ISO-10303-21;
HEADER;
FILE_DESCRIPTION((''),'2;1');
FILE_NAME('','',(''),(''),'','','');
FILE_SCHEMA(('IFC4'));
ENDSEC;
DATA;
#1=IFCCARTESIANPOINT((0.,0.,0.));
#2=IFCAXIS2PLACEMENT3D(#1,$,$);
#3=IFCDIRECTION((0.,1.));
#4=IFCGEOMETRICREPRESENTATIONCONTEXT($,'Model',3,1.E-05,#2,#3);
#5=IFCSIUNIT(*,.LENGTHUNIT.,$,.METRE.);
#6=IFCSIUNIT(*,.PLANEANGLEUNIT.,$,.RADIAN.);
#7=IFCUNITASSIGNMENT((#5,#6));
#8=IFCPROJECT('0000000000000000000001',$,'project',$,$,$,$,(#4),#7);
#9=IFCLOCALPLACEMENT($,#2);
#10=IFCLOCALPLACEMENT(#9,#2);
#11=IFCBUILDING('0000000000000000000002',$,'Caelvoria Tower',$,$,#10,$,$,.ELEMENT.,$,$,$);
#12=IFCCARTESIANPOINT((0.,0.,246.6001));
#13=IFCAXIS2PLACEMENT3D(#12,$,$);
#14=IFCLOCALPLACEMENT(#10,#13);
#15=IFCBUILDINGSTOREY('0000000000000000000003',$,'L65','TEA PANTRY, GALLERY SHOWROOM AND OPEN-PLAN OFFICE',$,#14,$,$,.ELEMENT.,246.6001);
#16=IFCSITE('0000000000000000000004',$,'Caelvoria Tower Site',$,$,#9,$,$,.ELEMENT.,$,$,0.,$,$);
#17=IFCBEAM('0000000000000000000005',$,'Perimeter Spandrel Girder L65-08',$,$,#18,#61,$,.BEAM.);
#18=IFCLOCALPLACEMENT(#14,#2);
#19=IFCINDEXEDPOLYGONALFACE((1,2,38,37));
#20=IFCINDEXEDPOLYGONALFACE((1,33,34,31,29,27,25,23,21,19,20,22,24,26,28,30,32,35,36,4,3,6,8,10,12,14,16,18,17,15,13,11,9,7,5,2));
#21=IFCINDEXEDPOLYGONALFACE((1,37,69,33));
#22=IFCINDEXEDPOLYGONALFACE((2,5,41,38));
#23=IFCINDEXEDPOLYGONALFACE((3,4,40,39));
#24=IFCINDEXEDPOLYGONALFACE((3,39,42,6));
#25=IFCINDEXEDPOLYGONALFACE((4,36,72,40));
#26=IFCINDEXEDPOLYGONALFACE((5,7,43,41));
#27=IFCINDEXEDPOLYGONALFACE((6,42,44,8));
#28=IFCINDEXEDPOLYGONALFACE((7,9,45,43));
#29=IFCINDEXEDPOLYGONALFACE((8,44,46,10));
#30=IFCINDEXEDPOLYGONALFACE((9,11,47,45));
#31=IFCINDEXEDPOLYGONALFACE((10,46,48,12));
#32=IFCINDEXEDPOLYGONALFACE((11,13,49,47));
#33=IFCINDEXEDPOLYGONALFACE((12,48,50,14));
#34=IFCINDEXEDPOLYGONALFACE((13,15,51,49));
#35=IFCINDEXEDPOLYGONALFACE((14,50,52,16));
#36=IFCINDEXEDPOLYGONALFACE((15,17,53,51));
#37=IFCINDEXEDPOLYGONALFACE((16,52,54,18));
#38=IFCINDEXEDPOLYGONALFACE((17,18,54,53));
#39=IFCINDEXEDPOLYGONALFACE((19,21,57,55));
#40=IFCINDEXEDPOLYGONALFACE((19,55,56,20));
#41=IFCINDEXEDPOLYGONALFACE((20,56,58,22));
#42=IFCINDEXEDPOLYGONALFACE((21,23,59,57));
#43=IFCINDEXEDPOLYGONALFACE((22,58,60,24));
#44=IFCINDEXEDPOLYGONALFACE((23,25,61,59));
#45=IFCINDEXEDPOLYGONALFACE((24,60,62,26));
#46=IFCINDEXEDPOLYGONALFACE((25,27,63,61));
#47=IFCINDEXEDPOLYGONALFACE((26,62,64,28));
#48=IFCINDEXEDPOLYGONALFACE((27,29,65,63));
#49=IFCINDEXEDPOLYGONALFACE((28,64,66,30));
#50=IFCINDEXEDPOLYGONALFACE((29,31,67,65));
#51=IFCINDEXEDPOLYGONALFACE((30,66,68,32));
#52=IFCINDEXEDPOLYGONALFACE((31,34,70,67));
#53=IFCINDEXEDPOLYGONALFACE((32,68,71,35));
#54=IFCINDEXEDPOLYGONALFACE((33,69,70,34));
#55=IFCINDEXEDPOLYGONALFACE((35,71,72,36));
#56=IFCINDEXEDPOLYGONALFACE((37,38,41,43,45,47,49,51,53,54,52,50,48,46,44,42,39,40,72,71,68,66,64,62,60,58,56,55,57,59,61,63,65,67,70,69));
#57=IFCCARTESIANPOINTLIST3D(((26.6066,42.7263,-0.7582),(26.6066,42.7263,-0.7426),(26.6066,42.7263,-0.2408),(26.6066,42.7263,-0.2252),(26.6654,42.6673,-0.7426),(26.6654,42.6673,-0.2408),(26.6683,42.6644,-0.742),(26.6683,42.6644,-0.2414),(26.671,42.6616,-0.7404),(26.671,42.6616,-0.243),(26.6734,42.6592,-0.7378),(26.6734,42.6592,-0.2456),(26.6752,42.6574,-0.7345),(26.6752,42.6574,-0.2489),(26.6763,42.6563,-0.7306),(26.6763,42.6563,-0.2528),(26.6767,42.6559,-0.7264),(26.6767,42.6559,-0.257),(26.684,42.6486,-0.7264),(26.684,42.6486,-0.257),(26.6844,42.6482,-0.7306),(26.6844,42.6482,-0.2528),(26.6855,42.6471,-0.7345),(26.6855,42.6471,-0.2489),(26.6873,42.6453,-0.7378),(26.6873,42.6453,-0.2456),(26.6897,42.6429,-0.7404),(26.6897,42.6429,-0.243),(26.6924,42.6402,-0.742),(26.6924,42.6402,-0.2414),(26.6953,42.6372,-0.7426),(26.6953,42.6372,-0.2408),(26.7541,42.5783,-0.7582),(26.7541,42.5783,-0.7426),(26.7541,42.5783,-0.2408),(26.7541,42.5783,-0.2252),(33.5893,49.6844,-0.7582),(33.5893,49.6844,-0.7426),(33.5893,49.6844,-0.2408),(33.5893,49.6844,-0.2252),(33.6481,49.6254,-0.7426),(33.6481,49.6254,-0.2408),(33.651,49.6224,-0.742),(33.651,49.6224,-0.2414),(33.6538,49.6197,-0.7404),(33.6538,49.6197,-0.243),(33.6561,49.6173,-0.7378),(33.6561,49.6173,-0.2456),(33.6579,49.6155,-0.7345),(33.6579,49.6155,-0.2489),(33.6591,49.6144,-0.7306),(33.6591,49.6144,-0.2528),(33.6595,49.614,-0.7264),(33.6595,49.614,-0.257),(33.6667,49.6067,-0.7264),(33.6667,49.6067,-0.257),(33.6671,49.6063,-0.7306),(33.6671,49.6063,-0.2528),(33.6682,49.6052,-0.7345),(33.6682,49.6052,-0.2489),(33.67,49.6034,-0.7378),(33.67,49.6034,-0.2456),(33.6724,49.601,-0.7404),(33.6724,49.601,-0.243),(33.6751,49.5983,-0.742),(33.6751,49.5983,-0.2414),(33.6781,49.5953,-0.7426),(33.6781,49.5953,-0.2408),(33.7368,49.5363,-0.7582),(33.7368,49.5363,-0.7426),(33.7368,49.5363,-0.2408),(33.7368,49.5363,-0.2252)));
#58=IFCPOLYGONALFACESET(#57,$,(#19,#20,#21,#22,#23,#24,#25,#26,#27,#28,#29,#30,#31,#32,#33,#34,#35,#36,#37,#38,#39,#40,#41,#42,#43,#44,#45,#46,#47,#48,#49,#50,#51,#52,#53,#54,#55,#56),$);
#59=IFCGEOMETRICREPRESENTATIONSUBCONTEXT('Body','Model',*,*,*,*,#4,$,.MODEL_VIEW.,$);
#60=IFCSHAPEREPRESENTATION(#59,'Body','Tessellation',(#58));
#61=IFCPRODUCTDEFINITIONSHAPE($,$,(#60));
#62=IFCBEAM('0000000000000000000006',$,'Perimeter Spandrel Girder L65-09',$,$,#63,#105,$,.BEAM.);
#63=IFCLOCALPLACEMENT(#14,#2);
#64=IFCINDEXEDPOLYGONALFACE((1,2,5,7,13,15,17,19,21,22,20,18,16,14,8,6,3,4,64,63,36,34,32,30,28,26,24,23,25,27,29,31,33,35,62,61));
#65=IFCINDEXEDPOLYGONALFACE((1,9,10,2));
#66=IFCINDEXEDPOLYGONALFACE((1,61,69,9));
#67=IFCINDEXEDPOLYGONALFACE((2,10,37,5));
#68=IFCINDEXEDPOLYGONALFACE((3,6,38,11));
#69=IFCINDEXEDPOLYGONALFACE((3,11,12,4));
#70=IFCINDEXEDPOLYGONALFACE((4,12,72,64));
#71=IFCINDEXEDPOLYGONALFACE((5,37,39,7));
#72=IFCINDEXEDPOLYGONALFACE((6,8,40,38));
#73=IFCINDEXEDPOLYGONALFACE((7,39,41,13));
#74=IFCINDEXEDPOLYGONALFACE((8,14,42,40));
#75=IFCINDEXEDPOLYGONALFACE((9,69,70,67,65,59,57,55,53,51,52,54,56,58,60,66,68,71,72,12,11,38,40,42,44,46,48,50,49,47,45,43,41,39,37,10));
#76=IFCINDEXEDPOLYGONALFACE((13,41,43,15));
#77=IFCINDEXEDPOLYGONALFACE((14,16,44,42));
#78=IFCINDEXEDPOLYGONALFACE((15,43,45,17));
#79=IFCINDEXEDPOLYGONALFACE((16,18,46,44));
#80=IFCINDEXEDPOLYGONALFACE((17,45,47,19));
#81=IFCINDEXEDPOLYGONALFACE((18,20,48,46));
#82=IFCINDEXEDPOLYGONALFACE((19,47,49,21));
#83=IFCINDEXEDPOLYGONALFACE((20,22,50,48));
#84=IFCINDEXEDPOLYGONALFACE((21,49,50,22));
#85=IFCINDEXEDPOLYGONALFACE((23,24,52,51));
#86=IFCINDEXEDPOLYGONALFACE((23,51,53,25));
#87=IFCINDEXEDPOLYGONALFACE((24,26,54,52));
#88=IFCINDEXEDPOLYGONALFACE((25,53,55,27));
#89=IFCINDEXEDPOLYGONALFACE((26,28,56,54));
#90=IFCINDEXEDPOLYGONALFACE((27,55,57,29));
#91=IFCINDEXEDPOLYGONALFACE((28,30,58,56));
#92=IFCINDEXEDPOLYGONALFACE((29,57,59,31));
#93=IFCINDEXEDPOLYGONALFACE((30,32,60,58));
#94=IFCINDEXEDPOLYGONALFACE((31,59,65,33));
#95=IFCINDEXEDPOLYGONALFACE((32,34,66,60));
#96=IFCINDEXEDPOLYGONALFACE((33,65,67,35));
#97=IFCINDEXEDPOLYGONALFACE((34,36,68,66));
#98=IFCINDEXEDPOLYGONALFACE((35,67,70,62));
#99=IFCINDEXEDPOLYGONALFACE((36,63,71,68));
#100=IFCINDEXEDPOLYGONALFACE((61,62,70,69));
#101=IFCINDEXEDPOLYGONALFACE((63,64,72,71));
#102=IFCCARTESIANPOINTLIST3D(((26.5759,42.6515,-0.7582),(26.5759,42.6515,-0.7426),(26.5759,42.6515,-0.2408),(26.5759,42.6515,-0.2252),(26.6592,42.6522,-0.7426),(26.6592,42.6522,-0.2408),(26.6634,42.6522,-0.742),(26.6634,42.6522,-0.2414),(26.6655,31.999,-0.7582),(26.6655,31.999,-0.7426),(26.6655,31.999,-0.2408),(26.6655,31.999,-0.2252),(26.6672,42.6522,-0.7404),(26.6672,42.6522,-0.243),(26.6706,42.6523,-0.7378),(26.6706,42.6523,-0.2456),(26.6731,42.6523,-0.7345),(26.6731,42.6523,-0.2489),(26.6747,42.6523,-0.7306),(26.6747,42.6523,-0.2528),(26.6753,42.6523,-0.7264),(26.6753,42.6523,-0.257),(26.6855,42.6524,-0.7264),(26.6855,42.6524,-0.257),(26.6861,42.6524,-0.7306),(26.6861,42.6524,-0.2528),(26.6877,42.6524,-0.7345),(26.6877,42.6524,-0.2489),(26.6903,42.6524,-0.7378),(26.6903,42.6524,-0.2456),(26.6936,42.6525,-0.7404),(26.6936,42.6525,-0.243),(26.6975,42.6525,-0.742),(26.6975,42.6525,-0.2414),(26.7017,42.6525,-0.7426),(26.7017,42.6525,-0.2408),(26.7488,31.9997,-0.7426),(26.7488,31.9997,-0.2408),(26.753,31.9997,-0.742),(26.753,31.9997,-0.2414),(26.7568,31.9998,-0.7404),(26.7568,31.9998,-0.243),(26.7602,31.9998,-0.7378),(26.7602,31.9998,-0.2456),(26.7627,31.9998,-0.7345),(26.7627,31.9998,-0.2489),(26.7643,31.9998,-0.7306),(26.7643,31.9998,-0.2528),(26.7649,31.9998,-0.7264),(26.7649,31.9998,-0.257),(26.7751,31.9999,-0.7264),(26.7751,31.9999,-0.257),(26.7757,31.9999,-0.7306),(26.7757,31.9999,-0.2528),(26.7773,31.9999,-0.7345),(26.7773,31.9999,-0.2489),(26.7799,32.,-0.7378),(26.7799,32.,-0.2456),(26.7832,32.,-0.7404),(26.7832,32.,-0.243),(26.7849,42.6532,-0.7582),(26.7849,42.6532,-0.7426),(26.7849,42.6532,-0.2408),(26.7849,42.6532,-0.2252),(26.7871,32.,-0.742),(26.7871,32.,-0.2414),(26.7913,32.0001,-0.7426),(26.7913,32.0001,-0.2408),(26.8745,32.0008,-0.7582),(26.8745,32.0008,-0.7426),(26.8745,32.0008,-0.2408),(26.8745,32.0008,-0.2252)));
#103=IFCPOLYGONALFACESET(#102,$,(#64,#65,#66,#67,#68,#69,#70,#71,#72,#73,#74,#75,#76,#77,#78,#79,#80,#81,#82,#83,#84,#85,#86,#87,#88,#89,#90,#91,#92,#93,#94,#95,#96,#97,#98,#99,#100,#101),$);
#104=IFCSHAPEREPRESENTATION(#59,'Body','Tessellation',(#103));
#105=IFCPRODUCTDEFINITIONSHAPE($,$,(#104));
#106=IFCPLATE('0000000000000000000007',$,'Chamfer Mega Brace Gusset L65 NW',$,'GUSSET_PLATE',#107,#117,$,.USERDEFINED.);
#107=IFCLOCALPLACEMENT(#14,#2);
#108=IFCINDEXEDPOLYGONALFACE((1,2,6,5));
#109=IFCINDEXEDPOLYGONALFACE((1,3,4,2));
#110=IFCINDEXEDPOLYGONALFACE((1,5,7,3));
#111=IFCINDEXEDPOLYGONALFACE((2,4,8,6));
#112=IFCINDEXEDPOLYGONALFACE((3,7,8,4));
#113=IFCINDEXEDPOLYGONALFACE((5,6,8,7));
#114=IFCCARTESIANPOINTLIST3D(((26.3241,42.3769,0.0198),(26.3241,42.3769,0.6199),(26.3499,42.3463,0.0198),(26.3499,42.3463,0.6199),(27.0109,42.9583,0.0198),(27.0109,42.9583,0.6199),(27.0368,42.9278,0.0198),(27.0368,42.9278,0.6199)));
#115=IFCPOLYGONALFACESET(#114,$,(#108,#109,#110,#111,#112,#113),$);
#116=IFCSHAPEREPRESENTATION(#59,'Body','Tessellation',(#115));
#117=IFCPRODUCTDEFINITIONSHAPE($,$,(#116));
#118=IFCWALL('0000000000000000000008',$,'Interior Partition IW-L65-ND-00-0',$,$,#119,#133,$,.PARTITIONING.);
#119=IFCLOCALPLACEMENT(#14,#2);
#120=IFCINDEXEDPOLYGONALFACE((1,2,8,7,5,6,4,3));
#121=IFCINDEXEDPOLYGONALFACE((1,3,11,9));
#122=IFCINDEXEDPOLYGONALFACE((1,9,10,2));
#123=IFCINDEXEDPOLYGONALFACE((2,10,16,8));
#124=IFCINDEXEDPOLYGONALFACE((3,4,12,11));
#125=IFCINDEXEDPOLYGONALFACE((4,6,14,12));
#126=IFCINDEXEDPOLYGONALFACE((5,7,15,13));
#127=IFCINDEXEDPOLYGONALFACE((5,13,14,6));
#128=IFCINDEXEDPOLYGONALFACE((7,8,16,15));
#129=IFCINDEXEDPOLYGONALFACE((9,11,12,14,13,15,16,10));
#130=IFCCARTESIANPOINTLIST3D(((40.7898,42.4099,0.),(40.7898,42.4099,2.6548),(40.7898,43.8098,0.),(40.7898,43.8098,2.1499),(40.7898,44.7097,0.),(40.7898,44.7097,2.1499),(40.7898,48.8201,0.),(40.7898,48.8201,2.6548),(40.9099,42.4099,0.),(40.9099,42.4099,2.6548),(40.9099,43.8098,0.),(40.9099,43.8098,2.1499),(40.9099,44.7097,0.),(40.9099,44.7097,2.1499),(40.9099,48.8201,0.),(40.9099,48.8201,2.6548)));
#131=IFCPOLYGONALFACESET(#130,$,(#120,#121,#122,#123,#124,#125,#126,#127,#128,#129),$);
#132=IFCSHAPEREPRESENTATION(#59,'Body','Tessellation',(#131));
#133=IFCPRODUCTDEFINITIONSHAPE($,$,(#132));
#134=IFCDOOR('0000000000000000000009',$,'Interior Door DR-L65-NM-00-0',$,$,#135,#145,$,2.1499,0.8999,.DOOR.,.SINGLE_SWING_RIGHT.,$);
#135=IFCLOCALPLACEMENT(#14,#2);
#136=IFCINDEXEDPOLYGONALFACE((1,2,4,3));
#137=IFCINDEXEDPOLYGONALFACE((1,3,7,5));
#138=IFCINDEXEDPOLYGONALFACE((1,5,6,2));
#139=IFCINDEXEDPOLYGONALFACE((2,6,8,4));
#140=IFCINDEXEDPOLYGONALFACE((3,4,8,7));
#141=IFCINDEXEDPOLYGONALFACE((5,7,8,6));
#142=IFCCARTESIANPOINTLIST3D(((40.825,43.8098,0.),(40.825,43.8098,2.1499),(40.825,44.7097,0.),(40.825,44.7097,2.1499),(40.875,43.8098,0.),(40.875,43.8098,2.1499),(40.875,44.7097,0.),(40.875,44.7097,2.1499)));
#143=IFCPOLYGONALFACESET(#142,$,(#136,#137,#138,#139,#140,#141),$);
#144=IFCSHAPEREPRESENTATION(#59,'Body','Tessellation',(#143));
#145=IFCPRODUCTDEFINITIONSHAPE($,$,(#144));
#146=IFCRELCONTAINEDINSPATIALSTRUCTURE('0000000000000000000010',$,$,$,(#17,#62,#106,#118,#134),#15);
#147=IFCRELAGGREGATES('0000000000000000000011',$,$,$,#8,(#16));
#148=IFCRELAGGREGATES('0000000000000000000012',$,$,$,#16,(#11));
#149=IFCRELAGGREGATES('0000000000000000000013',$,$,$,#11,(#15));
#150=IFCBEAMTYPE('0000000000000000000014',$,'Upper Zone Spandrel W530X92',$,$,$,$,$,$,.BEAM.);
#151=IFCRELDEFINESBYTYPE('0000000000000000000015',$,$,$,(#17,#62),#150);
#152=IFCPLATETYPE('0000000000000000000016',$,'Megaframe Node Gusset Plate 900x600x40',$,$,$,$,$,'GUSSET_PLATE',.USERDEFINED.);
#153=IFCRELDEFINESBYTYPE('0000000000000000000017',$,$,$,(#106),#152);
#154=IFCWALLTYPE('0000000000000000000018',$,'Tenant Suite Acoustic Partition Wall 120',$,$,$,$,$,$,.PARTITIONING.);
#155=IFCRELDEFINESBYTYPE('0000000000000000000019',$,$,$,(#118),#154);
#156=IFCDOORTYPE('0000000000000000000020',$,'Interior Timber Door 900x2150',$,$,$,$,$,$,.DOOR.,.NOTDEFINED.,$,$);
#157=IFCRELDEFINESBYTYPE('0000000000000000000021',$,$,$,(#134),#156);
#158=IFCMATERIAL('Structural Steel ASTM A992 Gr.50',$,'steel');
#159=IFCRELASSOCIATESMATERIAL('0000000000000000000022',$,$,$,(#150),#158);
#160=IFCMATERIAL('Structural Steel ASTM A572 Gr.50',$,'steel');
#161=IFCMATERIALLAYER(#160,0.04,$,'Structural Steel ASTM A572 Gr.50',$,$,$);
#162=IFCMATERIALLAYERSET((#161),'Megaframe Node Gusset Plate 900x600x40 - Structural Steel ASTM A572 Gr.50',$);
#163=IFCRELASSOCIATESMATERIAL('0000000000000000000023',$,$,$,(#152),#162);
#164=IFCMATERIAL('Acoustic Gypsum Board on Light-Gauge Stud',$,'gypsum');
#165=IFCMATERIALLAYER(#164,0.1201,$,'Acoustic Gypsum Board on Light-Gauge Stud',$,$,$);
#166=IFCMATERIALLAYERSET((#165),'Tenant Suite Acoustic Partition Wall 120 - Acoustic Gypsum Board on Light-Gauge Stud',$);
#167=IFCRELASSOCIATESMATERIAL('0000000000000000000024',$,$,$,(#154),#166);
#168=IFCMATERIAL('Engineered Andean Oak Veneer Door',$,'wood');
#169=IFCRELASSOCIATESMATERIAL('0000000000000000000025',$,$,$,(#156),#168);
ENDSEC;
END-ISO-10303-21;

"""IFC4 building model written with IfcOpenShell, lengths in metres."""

from ifc_helpers import new_model, si_unit, direction, frame, frame_2d, origin, origin_2d, place, context, subcontext, project, spatial, rectangle, i_section, extrude, material, layer, layer_set, material_profile, profile_set, type_object, element, fill, save


model = new_model("IFC4")

# Units and contexts
model_context = context("Model", 3, precision=1e-05, world=origin(), true_north=direction((0.0, 1.0)))
body_context = subcontext(model_context, "Body", "Model", "MODEL_VIEW")
ifc_project = project(units=[si_unit("LENGTHUNIT", "METRE"), si_unit("PLANEANGLEUNIT", "RADIAN")], contexts=[model_context])

# Site, building, storey
site_placement = place(None, origin())
site = spatial("IfcSite", under=ifc_project, at=site_placement, Name="Caelvoria Tower Site", CompositionType="ELEMENT", RefElevation=0.0)
building_placement = place(site_placement, origin())
building = spatial("IfcBuilding", under=site, at=building_placement, Name="Caelvoria Tower", CompositionType="ELEMENT")
storey_placement = place(building_placement, frame((0.0, 0.0, 246.6001)))
storey = spatial("IfcBuildingStorey", under=building, at=storey_placement, Name="L65", Description="TEA PANTRY, GALLERY SHOWROOM AND OPEN-PLAN OFFICE", CompositionType="ELEMENT", Elevation=246.6001)

# Shared definitions
ifc_material_1 = material(Name="Structural Steel ASTM A572 Gr.50", Category="steel")

# Shared definitions
ifc_material_2 = material(Name="Structural Steel ASTM A992 Gr.50", Category="steel")

# Beams
ifc_material_profile_1 = material_profile(ifc_material_2, i_section(OverallWidth=0.209, OverallDepth=0.533, WebThickness=0.0103, FlangeThickness=0.0156, FilletRadius=0.0161, at=origin_2d()), Name="Structural Steel ASTM A992 Gr.50")
ifc_profile_set_1 = profile_set([ifc_material_profile_1], Name="W530X92 - Structural Steel ASTM A992 Gr.50")
beam_type_1 = type_object("IfcBeamType", Name="Upper Zone Spandrel W530X92", PredefinedType="BEAM", material=ifc_profile_set_1)
beam_1_placement = place(storey_placement, frame((33.6631, 49.6104, -0.4917), z_axis=(-0.708356, -0.705855, 0.0), x_axis=(0.705855, -0.708356, 0.0)))
element("IfcBeam", 1, at=beam_1_placement, inside=storey, type_object=beam_type_1, Name="Perimeter Spandrel Girder L65-08", PredefinedType="BEAM", context=body_context, shape_type="SweptSolid", body=[
    extrude(i_section(OverallWidth=0.209, OverallDepth=0.533, WebThickness=0.0103, FlangeThickness=0.0156, FilletRadius=0.0161, at=origin_2d()), origin(), (0.0, 0.0, 1.0), 9.8577),
])
beam_2_placement = place(storey_placement, frame((26.6804, 42.6523, -0.4917), z_axis=(0.008411, -0.999965, 0.0), x_axis=(0.999965, 0.008411, 0.0)))
element("IfcBeam", 2, at=beam_2_placement, inside=storey, type_object=beam_type_1, Name="Perimeter Spandrel Girder L65-09", PredefinedType="BEAM", context=body_context, shape_type="SweptSolid", body=[
    extrude(i_section(OverallWidth=0.209, OverallDepth=0.533, WebThickness=0.0103, FlangeThickness=0.0156, FilletRadius=0.0161, at=origin_2d()), origin(), (0.0, 0.0, 1.0), 10.6528),
])

# Plate
ifc_layer_1 = layer(ifc_material_1, 0.04, Name="Structural Steel ASTM A572 Gr.50")
ifc_layer_set_1 = layer_set([ifc_layer_1], Name="Megaframe Node Gusset Plate 900x600x40 - Structural Steel ASTM A572 Gr.50")
plate_type = type_object("IfcPlateType", Name="Megaframe Node Gusset Plate 900x600x40", ElementType="GUSSET_PLATE", PredefinedType="USERDEFINED", material=ifc_layer_set_1)
plate_placement = place(storey_placement, frame((26.6804, 42.6523, 0.0198), z_axis=(0.0, 0.0, 1.0), x_axis=(0.763236, 0.64612, 0.0)))
element("IfcPlate", 3, at=plate_placement, inside=storey, type_object=plate_type, Name="Chamfer Mega Brace Gusset L65 NW", ObjectType="GUSSET_PLATE", PredefinedType="USERDEFINED", context=body_context, shape_type="SweptSolid", body=[
    extrude(rectangle(XDim=0.8999, YDim=0.04, at=origin_2d()), origin(), (0.0, 0.0, 1.0), 0.6001),
])

# Wall, opening, door
ifc_material_3 = material(Name="Acoustic Gypsum Board on Light-Gauge Stud", Category="gypsum")
ifc_layer_2 = layer(ifc_material_3, 0.1201, Name="Acoustic Gypsum Board on Light-Gauge Stud")
ifc_layer_set_2 = layer_set([ifc_layer_2], Name="Tenant Suite Acoustic Partition Wall 120 - Acoustic Gypsum Board on Light-Gauge Stud")
wall_type_1 = type_object("IfcWallType", Name="Tenant Suite Acoustic Partition Wall 120", PredefinedType="PARTITIONING", material=ifc_layer_set_2)
wall_1_placement = place(storey_placement, frame((40.8499, 42.4099, 0.0), z_axis=(0.0, 0.0, 1.0), x_axis=(0.0, 1.0, 0.0)))
wall_1 = element("IfcWall", 4, at=wall_1_placement, inside=storey, type_object=wall_type_1, Name="Interior Partition IW-L65-ND-00-0", PredefinedType="PARTITIONING", context=body_context, shape_type="SweptSolid", body=[
    extrude(rectangle(XDim=6.4102, YDim=0.1201, at=frame_2d((3.2051, 0.0))), origin(), (0.0, 0.0, 1.0), 2.6548),
])
opening_1_placement = place(wall_1_placement, frame((1.3999, 0.0, 0.0)))
opening_1 = element("IfcOpeningElement", 5, at=opening_1_placement, cuts=wall_1, PredefinedType="OPENING", context=body_context, shape_type="SweptSolid", body=[
    extrude(rectangle(XDim=0.8999, YDim=2.1499, at=frame_2d((0.45, 1.075))), frame((0.0, 0.0701, 0.0), z_axis=(0.0, -1.0, 0.0), x_axis=(1.0, 0.0, 0.0)), (0.0, 0.0, 1.0), 0.1401),
])
ifc_material_4 = material(Name="Engineered Andean Oak Veneer Door", Category="wood")
door_type_1 = type_object("IfcDoorType", Name="Interior Timber Door 900x2150", OperationType="NOTDEFINED", PredefinedType="DOOR", material=ifc_material_4)
door_1_placement = place(opening_1_placement, origin())
door_1 = element("IfcDoor", 6, at=door_1_placement, inside=storey, type_object=door_type_1, Name="Interior Door DR-L65-NM-00-0", OperationType="SINGLE_SWING_RIGHT", OverallHeight=2.1499, OverallWidth=0.8999, PredefinedType="DOOR", context=body_context, shape_type="SweptSolid", body=[
    extrude(rectangle(XDim=0.8999, YDim=2.1499, at=frame_2d((0.45, 1.075))), frame((0.0, 0.0249, 0.0), z_axis=(0.0, -1.0, 0.0), x_axis=(1.0, 0.0, 0.0)), (0.0, 0.0, 1.0), 0.05),
])
fill(opening_1, door_1)

save(model, "model.ifc")
